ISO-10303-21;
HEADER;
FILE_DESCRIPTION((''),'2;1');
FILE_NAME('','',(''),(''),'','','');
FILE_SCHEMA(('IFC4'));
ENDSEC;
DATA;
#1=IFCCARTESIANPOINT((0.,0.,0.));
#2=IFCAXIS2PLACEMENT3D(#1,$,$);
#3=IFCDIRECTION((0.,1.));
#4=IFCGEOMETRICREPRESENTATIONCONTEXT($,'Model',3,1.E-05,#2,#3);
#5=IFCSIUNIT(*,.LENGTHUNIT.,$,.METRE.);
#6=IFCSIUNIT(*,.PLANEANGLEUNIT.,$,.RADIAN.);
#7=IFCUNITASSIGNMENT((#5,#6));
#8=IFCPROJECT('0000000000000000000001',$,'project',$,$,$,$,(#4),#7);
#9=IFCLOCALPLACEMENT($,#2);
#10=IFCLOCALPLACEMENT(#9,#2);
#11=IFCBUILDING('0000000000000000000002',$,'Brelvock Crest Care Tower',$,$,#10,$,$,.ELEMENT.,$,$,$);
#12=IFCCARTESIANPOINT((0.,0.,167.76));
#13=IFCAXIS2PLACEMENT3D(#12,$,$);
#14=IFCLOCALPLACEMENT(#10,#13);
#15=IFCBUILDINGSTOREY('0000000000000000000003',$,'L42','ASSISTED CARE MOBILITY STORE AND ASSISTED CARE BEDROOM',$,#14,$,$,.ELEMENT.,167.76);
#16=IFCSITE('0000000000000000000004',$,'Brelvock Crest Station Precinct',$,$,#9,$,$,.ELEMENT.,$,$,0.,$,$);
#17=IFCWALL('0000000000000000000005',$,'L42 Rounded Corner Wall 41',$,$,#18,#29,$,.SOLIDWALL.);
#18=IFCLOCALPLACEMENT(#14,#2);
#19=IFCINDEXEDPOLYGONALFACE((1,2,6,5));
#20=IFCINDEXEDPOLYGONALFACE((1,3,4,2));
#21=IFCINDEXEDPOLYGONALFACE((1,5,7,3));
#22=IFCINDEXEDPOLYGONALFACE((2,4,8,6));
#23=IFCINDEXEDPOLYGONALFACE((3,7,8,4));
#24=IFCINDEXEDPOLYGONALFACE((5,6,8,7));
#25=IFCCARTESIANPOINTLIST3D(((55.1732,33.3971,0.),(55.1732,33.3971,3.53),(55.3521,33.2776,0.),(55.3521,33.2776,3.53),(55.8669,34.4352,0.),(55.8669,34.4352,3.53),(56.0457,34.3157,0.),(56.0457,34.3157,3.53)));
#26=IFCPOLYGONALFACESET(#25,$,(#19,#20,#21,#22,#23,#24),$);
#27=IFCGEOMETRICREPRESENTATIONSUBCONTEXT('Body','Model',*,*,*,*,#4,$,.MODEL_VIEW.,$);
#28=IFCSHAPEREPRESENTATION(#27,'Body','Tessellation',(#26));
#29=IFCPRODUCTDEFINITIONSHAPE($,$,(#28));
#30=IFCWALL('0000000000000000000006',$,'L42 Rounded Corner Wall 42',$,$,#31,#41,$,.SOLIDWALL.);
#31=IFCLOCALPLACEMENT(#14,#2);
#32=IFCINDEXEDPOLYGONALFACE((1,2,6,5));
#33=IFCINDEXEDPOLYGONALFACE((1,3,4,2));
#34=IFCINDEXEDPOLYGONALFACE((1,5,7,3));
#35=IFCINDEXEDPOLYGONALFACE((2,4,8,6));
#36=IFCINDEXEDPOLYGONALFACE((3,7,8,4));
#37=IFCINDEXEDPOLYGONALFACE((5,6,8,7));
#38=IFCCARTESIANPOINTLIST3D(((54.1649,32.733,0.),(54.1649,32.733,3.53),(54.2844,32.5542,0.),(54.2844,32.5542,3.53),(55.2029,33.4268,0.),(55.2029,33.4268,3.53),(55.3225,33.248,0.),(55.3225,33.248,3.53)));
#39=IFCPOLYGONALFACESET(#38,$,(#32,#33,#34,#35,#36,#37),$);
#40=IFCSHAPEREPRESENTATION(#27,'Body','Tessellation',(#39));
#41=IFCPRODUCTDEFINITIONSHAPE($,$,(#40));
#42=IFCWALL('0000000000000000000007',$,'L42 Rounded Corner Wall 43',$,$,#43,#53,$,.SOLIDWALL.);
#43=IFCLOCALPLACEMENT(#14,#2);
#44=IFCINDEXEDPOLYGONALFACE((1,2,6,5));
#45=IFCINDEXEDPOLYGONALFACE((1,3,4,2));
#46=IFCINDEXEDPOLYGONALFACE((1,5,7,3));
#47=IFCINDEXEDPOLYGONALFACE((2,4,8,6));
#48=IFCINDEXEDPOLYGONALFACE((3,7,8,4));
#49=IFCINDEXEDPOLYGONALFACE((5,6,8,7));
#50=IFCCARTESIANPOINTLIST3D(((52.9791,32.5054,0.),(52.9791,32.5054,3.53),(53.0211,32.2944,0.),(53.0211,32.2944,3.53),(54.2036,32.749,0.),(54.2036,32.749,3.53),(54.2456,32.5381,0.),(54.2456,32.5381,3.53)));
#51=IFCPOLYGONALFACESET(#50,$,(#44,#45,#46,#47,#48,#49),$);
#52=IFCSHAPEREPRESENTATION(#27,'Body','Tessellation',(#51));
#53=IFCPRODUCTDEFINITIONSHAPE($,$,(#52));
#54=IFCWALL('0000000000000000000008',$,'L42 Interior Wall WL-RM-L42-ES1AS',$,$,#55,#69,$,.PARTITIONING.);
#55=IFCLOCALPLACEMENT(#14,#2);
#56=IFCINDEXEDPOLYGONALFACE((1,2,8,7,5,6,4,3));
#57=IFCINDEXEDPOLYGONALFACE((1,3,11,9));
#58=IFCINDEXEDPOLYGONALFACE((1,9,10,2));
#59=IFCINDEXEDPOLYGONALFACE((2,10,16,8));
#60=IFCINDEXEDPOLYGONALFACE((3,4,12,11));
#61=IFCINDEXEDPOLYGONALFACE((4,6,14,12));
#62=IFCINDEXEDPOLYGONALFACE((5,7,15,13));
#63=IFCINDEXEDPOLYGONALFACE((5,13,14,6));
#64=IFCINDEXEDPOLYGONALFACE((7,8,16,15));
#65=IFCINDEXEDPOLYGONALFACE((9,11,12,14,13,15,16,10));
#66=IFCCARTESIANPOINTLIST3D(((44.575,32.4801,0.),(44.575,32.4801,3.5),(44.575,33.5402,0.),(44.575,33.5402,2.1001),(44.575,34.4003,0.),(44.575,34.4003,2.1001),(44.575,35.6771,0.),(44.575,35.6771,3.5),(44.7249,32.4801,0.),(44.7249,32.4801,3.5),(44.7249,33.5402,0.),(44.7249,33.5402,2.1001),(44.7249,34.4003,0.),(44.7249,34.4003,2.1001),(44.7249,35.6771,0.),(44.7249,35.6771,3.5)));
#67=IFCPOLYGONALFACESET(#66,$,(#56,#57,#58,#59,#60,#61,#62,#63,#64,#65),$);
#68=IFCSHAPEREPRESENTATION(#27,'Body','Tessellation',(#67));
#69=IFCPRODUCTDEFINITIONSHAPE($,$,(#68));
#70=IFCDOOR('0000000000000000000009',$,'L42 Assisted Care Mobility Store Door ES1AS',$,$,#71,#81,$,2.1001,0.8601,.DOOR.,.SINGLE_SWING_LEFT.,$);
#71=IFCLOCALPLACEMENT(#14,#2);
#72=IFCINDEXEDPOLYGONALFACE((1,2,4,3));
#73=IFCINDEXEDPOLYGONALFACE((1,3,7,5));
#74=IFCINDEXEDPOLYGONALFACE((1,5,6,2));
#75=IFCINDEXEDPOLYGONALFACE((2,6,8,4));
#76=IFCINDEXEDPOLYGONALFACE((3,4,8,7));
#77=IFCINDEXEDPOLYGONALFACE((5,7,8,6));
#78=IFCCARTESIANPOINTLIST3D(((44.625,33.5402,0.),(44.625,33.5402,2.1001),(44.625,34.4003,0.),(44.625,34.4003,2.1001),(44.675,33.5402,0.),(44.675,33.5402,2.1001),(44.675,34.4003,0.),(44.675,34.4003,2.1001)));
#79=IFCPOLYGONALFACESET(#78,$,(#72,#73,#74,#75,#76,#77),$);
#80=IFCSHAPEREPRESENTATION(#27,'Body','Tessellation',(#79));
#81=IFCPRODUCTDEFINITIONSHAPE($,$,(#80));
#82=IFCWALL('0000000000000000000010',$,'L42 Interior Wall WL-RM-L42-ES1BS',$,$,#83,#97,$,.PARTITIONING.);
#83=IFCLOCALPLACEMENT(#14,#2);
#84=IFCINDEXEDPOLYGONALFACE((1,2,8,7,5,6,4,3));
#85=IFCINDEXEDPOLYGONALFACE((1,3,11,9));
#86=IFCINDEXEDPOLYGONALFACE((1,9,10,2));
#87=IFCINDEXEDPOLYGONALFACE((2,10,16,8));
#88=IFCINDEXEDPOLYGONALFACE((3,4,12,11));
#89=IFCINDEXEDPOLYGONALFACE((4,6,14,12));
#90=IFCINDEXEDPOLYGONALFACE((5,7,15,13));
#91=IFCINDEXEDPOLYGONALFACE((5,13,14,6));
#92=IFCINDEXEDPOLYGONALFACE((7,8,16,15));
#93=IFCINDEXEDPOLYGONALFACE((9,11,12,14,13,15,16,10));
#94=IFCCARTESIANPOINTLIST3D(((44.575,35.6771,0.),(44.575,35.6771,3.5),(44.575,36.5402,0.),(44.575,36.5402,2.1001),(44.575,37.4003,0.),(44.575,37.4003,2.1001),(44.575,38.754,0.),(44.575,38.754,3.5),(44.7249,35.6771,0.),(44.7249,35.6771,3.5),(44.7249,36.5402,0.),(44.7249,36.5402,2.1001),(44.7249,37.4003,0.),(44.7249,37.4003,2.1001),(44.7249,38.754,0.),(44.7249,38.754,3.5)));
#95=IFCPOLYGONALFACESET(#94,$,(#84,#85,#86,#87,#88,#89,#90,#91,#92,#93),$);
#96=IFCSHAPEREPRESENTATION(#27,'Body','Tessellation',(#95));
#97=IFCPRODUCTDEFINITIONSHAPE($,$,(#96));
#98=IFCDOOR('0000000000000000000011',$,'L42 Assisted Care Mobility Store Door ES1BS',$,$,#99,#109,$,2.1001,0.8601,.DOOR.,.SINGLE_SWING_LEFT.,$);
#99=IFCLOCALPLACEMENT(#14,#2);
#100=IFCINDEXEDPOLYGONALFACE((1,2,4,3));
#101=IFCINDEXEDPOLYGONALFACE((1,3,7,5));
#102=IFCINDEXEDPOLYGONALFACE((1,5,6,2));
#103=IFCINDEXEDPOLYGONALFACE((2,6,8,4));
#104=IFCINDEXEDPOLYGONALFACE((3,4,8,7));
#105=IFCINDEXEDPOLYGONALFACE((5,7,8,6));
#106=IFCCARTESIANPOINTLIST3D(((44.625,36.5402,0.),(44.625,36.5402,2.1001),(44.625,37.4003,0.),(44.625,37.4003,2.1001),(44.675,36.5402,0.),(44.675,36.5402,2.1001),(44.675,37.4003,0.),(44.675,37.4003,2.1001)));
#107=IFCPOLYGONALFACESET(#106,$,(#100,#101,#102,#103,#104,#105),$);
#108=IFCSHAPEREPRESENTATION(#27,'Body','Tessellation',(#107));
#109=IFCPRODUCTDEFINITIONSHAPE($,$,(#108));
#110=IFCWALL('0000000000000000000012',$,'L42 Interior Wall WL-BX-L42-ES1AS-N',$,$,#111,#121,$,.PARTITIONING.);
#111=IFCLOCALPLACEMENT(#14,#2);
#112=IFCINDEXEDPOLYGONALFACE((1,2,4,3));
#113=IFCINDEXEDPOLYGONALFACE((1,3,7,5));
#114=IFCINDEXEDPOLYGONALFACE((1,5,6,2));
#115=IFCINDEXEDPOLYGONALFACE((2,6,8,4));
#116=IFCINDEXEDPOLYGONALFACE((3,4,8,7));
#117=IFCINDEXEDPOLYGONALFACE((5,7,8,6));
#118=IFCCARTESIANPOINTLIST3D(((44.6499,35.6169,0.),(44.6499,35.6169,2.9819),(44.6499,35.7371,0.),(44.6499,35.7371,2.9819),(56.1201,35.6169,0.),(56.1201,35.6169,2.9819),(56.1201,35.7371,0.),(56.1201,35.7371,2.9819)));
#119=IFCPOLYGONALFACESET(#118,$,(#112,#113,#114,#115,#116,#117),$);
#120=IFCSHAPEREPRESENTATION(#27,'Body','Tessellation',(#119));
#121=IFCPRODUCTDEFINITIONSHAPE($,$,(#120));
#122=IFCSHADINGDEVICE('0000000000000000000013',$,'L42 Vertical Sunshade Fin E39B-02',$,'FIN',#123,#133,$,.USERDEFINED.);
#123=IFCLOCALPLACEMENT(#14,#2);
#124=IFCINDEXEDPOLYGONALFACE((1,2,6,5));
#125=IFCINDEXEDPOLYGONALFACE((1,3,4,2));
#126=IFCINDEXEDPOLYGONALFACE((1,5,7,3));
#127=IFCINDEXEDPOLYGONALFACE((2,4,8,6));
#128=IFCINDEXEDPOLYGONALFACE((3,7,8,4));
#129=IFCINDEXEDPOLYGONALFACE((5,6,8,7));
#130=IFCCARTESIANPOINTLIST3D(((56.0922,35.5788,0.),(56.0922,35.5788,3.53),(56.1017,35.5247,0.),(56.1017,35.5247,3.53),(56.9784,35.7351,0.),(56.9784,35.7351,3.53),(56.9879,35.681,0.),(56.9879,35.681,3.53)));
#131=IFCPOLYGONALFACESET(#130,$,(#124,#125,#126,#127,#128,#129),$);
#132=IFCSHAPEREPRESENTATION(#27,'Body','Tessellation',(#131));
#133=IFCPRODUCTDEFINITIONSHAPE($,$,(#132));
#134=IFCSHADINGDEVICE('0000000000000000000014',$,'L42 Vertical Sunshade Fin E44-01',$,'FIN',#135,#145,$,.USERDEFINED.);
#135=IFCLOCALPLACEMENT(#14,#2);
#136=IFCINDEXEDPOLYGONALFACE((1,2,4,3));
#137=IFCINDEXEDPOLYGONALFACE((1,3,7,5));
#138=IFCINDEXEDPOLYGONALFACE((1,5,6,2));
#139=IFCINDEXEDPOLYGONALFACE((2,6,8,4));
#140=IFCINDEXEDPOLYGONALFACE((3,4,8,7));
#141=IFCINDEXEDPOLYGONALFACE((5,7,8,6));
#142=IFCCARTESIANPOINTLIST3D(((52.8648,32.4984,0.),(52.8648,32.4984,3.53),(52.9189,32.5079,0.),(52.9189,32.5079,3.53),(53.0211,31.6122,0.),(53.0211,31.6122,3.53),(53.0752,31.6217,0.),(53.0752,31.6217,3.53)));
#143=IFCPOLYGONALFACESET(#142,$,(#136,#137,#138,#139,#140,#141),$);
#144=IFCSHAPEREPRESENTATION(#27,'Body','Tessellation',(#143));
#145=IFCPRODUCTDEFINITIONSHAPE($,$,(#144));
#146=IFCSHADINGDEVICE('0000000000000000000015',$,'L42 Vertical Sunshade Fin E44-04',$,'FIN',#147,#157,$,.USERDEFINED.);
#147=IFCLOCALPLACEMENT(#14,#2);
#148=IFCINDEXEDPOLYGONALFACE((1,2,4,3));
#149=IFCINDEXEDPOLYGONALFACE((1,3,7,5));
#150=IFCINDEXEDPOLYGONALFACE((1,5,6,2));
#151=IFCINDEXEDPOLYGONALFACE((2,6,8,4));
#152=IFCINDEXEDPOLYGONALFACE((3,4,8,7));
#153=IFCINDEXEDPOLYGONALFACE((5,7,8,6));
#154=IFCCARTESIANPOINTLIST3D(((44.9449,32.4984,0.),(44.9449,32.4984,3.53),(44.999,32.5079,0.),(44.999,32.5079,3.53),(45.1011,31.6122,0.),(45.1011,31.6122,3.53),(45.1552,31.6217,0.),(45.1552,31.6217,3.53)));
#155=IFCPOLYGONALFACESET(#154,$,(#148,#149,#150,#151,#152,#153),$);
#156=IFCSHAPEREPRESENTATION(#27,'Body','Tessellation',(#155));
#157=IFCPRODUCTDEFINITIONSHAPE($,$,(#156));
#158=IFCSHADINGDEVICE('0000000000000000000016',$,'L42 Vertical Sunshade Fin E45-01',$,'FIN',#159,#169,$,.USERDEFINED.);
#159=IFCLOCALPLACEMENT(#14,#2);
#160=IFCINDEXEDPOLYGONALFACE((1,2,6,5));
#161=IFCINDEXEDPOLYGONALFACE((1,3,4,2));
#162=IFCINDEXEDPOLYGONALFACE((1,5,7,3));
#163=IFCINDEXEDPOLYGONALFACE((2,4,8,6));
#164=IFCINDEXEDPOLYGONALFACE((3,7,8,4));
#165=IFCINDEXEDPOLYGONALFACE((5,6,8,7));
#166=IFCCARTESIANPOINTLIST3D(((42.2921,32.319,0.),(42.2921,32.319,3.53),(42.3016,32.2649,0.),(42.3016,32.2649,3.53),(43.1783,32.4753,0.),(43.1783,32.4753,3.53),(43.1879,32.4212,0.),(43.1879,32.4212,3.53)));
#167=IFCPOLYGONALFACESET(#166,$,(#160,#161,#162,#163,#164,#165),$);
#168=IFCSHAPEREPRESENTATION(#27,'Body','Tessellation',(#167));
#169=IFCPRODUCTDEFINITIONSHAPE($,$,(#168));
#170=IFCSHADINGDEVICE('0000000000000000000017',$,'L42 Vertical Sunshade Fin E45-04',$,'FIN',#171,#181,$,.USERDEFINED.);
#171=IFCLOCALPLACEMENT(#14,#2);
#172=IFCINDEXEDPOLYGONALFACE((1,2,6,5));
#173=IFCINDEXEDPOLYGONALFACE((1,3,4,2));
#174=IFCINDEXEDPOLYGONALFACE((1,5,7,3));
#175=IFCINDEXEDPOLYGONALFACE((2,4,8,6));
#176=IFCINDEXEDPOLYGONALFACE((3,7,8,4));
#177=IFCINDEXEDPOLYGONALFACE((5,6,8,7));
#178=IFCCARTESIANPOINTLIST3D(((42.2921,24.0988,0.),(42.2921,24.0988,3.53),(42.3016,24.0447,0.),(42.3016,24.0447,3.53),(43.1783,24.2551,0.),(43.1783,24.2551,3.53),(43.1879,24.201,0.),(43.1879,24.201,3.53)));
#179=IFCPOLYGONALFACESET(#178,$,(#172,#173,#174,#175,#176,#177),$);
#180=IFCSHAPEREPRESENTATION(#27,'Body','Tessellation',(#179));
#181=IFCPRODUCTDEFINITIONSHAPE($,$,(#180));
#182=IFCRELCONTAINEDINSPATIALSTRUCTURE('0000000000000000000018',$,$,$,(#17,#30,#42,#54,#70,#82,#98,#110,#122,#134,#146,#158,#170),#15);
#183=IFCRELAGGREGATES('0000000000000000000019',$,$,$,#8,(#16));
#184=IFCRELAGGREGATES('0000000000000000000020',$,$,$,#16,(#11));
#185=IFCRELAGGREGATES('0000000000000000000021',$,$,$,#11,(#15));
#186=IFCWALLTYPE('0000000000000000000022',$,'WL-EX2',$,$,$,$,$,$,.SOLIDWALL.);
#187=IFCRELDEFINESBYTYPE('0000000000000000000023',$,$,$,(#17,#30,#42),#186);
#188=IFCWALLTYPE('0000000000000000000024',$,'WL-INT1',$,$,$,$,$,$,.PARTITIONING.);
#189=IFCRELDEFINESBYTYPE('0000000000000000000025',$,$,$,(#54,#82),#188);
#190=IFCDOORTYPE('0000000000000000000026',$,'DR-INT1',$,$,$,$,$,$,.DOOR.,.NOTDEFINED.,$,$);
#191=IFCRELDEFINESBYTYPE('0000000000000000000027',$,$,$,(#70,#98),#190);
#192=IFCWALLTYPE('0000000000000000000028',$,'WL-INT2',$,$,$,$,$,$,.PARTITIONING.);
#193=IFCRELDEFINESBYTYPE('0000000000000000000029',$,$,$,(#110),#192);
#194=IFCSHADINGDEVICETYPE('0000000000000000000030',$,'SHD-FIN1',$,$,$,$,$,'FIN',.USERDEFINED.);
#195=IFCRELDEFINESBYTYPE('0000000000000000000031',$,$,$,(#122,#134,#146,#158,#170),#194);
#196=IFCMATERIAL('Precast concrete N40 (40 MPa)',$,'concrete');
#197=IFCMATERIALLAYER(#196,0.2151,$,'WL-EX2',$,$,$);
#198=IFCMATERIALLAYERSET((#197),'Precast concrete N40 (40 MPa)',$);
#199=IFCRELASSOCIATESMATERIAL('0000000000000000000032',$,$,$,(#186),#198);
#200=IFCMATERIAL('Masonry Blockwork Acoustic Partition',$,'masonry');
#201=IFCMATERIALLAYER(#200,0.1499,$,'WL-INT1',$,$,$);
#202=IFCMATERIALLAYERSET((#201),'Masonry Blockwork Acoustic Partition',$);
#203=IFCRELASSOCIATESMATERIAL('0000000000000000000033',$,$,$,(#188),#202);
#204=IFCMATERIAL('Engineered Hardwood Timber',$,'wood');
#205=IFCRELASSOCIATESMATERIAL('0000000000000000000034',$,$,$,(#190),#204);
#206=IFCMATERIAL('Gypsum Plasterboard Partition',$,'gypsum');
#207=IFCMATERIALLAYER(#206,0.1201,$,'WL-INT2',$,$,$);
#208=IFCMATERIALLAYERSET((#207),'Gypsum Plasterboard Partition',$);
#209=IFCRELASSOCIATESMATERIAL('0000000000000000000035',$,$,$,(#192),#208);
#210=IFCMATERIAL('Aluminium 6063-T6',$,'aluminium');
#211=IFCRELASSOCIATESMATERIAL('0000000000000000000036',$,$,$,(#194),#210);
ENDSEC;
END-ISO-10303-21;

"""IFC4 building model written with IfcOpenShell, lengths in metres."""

from ifc_helpers import new_model, si_unit, direction, frame, frame_2d, origin, origin_2d, place, context, subcontext, project, spatial, rectangle, extrude, source, transform, mapped, material, layer, layer_set, material_profile, profile_set, type_object, element, fill, save


model = new_model("IFC4")

# Units and contexts
model_context = context("Model", 3, precision=1e-05, world=origin(), true_north=direction((0.0, 1.0)))
body_context = subcontext(model_context, "Body", "Model", "MODEL_VIEW")
ifc_project = project(units=[si_unit("LENGTHUNIT", "METRE"), si_unit("PLANEANGLEUNIT", "RADIAN")], contexts=[model_context])

# Site, building, storey
site_placement = place(None, origin())
site = spatial("IfcSite", under=ifc_project, at=site_placement, Name="Brelvock Crest Station Precinct", CompositionType="ELEMENT", RefElevation=0.0)
building_placement = place(site_placement, origin())
building = spatial("IfcBuilding", under=site, at=building_placement, Name="Brelvock Crest Care Tower", CompositionType="ELEMENT")
storey_placement = place(building_placement, frame((0.0, 0.0, 167.76)))
storey = spatial("IfcBuildingStorey", under=building, at=storey_placement, Name="L42", Description="ASSISTED CARE MOBILITY STORE AND ASSISTED CARE BEDROOM", CompositionType="ELEMENT", Elevation=167.76)

# Shared definitions
ifc_material_1 = material(Name="Aluminium 6063-T6", Category="aluminium")

# Walls
ifc_material_2 = material(Name="Precast concrete N40 (40 MPa)", Category="concrete")
ifc_layer_1 = layer(ifc_material_2, 0.2151, Name="WL-EX2")
ifc_layer_set_1 = layer_set([ifc_layer_1], Name="Precast concrete N40 (40 MPa)")
wall_type_1 = type_object("IfcWallType", Name="WL-EX2", PredefinedType="SOLIDWALL", material=ifc_layer_set_1)
for number, where, z_axis, x_axis, name in (
    (1, (55.9563, 34.3755, 0.0), (0.0, 0.0, 1.0), (-0.555557, -0.831478, 0.0), "L42 Rounded Corner Wall 41"),
    (2, (55.2627, 33.3374, 0.0), (0.0, 0.0, 1.0), (-0.831388, -0.555692, 0.0), "L42 Rounded Corner Wall 42"),
    (3, (54.2246, 32.6436, 0.0), (0.0, 0.0, 1.0), (-0.980776, -0.195138, 0.0), "L42 Rounded Corner Wall 43"),
):
    element("IfcWall", number, at=place(storey_placement, frame(where, z_axis=z_axis, x_axis=x_axis)), inside=storey, type_object=wall_type_1, Name=name, PredefinedType="SOLIDWALL", context=body_context, shape_type="SweptSolid", body=[
        extrude(rectangle(XDim=1.2485, YDim=0.2151, at=frame_2d((0.6243, 0.0))), origin(), (0.0, 0.0, 1.0), 3.53),
    ])

# Walls, openings, doors
ifc_material_3 = material(Name="Masonry Blockwork Acoustic Partition", Category="masonry")
ifc_layer_2 = layer(ifc_material_3, 0.1499, Name="WL-INT1")
ifc_layer_set_2 = layer_set([ifc_layer_2], Name="Masonry Blockwork Acoustic Partition")
wall_type_2 = type_object("IfcWallType", Name="WL-INT1", PredefinedType="PARTITIONING", material=ifc_layer_set_2)
wall_1_placement = place(storey_placement, frame((44.6499, 32.48, 0.0), z_axis=(0.0, 0.0, 1.0), x_axis=(0.0, 1.0, 0.0)))
wall_1 = element("IfcWall", 4, at=wall_1_placement, inside=storey, type_object=wall_type_2, Name="L42 Interior Wall WL-RM-L42-ES1AS", PredefinedType="PARTITIONING", context=body_context, shape_type="SweptSolid", body=[
    extrude(rectangle(XDim=3.197, YDim=0.1499, at=frame_2d((1.5986, 0.0))), origin(), (0.0, 0.0, 1.0), 3.5),
])
opening_1_placement = place(wall_1_placement, frame((1.0601, 0.0, 0.0)))
opening_1 = element("IfcOpeningElement", 5, at=opening_1_placement, cuts=wall_1, PredefinedType="OPENING", context=body_context, shape_type="SweptSolid", body=[
    extrude(rectangle(XDim=0.8601, YDim=2.1001, at=origin_2d()), frame((0.4302, 0.085, 1.05), z_axis=(0.0, -1.0, 0.0), x_axis=(1.0, 0.0, 0.0)), (0.0, 0.0, 1.0), 0.1699),
])
ifc_material_4 = material(Name="Engineered Hardwood Timber", Category="wood")
door_type = type_object("IfcDoorType", Name="DR-INT1", OperationType="NOTDEFINED", PredefinedType="DOOR", material=ifc_material_4)
shared_shape_1 = source(origin(), body_context, "Body", "SweptSolid", [
    extrude(rectangle(XDim=0.8601, YDim=2.1001, at=origin_2d()), frame((0.4302, 0.0249, 1.05), z_axis=(0.0, -1.0, 0.0), x_axis=(1.0, 0.0, 0.0)), (0.0, 0.0, 1.0), 0.05),
])
door_1_placement = place(opening_1_placement, origin())
door_1 = element("IfcDoor", 6, at=door_1_placement, inside=storey, type_object=door_type, Name="L42 Assisted Care Mobility Store Door ES1AS", OperationType="SINGLE_SWING_LEFT", OverallHeight=2.1001, OverallWidth=0.8601, PredefinedType="DOOR", context=body_context, shape_type="MappedRepresentation", body=[
    mapped(shared_shape_1, transform((0.0, 0.0, 0.0), x_axis=(1.0, 0.0, 0.0), y_axis=(0.0, 1.0, 0.0), z_axis=(0.0, 0.0, 1.0), scale=1.0)),
])
fill(opening_1, door_1)
wall_2_placement = place(storey_placement, frame((44.6499, 35.677, 0.0), z_axis=(0.0, 0.0, 1.0), x_axis=(0.0, 1.0, 0.0)))
wall_2 = element("IfcWall", 7, at=wall_2_placement, inside=storey, type_object=wall_type_2, Name="L42 Interior Wall WL-RM-L42-ES1BS", PredefinedType="PARTITIONING", context=body_context, shape_type="SweptSolid", body=[
    extrude(rectangle(XDim=3.0769, YDim=0.1499, at=frame_2d((1.5386, 0.0))), origin(), (0.0, 0.0, 1.0), 3.5),
])
opening_2_placement = place(wall_2_placement, frame((0.863, 0.0, 0.0)))
opening_2 = element("IfcOpeningElement", 8, at=opening_2_placement, cuts=wall_2, PredefinedType="OPENING", context=body_context, shape_type="SweptSolid", body=[
    extrude(rectangle(XDim=0.8601, YDim=2.1001, at=origin_2d()), frame((0.4302, 0.085, 1.05), z_axis=(0.0, -1.0, 0.0), x_axis=(1.0, 0.0, 0.0)), (0.0, 0.0, 1.0), 0.1699),
])
door_2_placement = place(opening_2_placement, origin())
door_2 = element("IfcDoor", 9, at=door_2_placement, inside=storey, type_object=door_type, Name="L42 Assisted Care Mobility Store Door ES1BS", OperationType="SINGLE_SWING_LEFT", OverallHeight=2.1001, OverallWidth=0.8601, PredefinedType="DOOR", context=body_context, shape_type="MappedRepresentation", body=[
    mapped(shared_shape_1, transform((0.0, 0.0, 0.0), x_axis=(1.0, 0.0, 0.0), y_axis=(0.0, 1.0, 0.0), z_axis=(0.0, 0.0, 1.0), scale=1.0)),
])
fill(opening_2, door_2)

# Wall
ifc_material_5 = material(Name="Gypsum Plasterboard Partition", Category="gypsum")
ifc_layer_3 = layer(ifc_material_5, 0.1201, Name="WL-INT2")
ifc_layer_set_3 = layer_set([ifc_layer_3], Name="Gypsum Plasterboard Partition")
wall_type_3 = type_object("IfcWallType", Name="WL-INT2", PredefinedType="PARTITIONING", material=ifc_layer_set_3)
wall_3_placement = place(storey_placement, frame((44.6499, 35.677, 0.0), z_axis=(0.0, 0.0, 1.0), x_axis=(1.0, 0.0, 0.0)))
element("IfcWall", 10, at=wall_3_placement, inside=storey, type_object=wall_type_3, Name="L42 Interior Wall WL-BX-L42-ES1AS-N", PredefinedType="PARTITIONING", context=body_context, shape_type="SweptSolid", body=[
    extrude(rectangle(XDim=11.4702, YDim=0.1201, at=frame_2d((5.7351, 0.0))), origin(), (0.0, 0.0, 1.0), 2.9819),
])

# Shading devices
ifc_material_profile_1 = material_profile(ifc_material_1, rectangle(XDim=0.0549, YDim=0.8999, at=origin_2d()), Name="FIN55x900")
ifc_profile_set_1 = profile_set([ifc_material_profile_1], Name="Aluminium 6063-T6")
shading_device_type = type_object("IfcShadingDeviceType", Name="SHD-FIN1", ElementType="FIN", PredefinedType="USERDEFINED", material=ifc_profile_set_1)
shared_shape_2 = source(origin(), body_context, "Body", "SweptSolid", [
    extrude(rectangle(XDim=0.0549, YDim=0.8999, at=origin_2d()), origin(), (0.0, 0.0, 1.0), 3.53),
])
for number, where, z_axis, x_axis, name in (
    (11, (56.54, 35.6299, 0.0), (0.0, 0.0, 1.0), (0.173648, -0.984808, 0.0), "L42 Vertical Sunshade Fin E39B-02"),
    (12, (52.97, 32.0601, 0.0), (0.0, 0.0, 1.0), (-0.984808, -0.173648, 0.0), "L42 Vertical Sunshade Fin E44-01"),
    (13, (45.05, 32.0601, 0.0), (0.0, 0.0, 1.0), (-0.984808, -0.173648, 0.0), "L42 Vertical Sunshade Fin E44-04"),
    (14, (42.74, 32.3701, 0.0), (0.0, 0.0, 1.0), (0.173648, -0.984808, 0.0), "L42 Vertical Sunshade Fin E45-01"),
    (15, (42.74, 24.1499, 0.0), (0.0, 0.0, 1.0), (0.173648, -0.984808, 0.0), "L42 Vertical Sunshade Fin E45-04"),
):
    element("IfcShadingDevice", number, at=place(storey_placement, frame(where, z_axis=z_axis, x_axis=x_axis)), inside=storey, type_object=shading_device_type, Name=name, ObjectType="FIN", PredefinedType="USERDEFINED", context=body_context, shape_type="MappedRepresentation", body=[
        mapped(shared_shape_2, transform((0.0, 0.0, 0.0), x_axis=(1.0, 0.0, 0.0), y_axis=(0.0, 1.0, 0.0), z_axis=(0.0, 0.0, 1.0), scale=1.0)),
    ])

save(model, "model.ifc")
